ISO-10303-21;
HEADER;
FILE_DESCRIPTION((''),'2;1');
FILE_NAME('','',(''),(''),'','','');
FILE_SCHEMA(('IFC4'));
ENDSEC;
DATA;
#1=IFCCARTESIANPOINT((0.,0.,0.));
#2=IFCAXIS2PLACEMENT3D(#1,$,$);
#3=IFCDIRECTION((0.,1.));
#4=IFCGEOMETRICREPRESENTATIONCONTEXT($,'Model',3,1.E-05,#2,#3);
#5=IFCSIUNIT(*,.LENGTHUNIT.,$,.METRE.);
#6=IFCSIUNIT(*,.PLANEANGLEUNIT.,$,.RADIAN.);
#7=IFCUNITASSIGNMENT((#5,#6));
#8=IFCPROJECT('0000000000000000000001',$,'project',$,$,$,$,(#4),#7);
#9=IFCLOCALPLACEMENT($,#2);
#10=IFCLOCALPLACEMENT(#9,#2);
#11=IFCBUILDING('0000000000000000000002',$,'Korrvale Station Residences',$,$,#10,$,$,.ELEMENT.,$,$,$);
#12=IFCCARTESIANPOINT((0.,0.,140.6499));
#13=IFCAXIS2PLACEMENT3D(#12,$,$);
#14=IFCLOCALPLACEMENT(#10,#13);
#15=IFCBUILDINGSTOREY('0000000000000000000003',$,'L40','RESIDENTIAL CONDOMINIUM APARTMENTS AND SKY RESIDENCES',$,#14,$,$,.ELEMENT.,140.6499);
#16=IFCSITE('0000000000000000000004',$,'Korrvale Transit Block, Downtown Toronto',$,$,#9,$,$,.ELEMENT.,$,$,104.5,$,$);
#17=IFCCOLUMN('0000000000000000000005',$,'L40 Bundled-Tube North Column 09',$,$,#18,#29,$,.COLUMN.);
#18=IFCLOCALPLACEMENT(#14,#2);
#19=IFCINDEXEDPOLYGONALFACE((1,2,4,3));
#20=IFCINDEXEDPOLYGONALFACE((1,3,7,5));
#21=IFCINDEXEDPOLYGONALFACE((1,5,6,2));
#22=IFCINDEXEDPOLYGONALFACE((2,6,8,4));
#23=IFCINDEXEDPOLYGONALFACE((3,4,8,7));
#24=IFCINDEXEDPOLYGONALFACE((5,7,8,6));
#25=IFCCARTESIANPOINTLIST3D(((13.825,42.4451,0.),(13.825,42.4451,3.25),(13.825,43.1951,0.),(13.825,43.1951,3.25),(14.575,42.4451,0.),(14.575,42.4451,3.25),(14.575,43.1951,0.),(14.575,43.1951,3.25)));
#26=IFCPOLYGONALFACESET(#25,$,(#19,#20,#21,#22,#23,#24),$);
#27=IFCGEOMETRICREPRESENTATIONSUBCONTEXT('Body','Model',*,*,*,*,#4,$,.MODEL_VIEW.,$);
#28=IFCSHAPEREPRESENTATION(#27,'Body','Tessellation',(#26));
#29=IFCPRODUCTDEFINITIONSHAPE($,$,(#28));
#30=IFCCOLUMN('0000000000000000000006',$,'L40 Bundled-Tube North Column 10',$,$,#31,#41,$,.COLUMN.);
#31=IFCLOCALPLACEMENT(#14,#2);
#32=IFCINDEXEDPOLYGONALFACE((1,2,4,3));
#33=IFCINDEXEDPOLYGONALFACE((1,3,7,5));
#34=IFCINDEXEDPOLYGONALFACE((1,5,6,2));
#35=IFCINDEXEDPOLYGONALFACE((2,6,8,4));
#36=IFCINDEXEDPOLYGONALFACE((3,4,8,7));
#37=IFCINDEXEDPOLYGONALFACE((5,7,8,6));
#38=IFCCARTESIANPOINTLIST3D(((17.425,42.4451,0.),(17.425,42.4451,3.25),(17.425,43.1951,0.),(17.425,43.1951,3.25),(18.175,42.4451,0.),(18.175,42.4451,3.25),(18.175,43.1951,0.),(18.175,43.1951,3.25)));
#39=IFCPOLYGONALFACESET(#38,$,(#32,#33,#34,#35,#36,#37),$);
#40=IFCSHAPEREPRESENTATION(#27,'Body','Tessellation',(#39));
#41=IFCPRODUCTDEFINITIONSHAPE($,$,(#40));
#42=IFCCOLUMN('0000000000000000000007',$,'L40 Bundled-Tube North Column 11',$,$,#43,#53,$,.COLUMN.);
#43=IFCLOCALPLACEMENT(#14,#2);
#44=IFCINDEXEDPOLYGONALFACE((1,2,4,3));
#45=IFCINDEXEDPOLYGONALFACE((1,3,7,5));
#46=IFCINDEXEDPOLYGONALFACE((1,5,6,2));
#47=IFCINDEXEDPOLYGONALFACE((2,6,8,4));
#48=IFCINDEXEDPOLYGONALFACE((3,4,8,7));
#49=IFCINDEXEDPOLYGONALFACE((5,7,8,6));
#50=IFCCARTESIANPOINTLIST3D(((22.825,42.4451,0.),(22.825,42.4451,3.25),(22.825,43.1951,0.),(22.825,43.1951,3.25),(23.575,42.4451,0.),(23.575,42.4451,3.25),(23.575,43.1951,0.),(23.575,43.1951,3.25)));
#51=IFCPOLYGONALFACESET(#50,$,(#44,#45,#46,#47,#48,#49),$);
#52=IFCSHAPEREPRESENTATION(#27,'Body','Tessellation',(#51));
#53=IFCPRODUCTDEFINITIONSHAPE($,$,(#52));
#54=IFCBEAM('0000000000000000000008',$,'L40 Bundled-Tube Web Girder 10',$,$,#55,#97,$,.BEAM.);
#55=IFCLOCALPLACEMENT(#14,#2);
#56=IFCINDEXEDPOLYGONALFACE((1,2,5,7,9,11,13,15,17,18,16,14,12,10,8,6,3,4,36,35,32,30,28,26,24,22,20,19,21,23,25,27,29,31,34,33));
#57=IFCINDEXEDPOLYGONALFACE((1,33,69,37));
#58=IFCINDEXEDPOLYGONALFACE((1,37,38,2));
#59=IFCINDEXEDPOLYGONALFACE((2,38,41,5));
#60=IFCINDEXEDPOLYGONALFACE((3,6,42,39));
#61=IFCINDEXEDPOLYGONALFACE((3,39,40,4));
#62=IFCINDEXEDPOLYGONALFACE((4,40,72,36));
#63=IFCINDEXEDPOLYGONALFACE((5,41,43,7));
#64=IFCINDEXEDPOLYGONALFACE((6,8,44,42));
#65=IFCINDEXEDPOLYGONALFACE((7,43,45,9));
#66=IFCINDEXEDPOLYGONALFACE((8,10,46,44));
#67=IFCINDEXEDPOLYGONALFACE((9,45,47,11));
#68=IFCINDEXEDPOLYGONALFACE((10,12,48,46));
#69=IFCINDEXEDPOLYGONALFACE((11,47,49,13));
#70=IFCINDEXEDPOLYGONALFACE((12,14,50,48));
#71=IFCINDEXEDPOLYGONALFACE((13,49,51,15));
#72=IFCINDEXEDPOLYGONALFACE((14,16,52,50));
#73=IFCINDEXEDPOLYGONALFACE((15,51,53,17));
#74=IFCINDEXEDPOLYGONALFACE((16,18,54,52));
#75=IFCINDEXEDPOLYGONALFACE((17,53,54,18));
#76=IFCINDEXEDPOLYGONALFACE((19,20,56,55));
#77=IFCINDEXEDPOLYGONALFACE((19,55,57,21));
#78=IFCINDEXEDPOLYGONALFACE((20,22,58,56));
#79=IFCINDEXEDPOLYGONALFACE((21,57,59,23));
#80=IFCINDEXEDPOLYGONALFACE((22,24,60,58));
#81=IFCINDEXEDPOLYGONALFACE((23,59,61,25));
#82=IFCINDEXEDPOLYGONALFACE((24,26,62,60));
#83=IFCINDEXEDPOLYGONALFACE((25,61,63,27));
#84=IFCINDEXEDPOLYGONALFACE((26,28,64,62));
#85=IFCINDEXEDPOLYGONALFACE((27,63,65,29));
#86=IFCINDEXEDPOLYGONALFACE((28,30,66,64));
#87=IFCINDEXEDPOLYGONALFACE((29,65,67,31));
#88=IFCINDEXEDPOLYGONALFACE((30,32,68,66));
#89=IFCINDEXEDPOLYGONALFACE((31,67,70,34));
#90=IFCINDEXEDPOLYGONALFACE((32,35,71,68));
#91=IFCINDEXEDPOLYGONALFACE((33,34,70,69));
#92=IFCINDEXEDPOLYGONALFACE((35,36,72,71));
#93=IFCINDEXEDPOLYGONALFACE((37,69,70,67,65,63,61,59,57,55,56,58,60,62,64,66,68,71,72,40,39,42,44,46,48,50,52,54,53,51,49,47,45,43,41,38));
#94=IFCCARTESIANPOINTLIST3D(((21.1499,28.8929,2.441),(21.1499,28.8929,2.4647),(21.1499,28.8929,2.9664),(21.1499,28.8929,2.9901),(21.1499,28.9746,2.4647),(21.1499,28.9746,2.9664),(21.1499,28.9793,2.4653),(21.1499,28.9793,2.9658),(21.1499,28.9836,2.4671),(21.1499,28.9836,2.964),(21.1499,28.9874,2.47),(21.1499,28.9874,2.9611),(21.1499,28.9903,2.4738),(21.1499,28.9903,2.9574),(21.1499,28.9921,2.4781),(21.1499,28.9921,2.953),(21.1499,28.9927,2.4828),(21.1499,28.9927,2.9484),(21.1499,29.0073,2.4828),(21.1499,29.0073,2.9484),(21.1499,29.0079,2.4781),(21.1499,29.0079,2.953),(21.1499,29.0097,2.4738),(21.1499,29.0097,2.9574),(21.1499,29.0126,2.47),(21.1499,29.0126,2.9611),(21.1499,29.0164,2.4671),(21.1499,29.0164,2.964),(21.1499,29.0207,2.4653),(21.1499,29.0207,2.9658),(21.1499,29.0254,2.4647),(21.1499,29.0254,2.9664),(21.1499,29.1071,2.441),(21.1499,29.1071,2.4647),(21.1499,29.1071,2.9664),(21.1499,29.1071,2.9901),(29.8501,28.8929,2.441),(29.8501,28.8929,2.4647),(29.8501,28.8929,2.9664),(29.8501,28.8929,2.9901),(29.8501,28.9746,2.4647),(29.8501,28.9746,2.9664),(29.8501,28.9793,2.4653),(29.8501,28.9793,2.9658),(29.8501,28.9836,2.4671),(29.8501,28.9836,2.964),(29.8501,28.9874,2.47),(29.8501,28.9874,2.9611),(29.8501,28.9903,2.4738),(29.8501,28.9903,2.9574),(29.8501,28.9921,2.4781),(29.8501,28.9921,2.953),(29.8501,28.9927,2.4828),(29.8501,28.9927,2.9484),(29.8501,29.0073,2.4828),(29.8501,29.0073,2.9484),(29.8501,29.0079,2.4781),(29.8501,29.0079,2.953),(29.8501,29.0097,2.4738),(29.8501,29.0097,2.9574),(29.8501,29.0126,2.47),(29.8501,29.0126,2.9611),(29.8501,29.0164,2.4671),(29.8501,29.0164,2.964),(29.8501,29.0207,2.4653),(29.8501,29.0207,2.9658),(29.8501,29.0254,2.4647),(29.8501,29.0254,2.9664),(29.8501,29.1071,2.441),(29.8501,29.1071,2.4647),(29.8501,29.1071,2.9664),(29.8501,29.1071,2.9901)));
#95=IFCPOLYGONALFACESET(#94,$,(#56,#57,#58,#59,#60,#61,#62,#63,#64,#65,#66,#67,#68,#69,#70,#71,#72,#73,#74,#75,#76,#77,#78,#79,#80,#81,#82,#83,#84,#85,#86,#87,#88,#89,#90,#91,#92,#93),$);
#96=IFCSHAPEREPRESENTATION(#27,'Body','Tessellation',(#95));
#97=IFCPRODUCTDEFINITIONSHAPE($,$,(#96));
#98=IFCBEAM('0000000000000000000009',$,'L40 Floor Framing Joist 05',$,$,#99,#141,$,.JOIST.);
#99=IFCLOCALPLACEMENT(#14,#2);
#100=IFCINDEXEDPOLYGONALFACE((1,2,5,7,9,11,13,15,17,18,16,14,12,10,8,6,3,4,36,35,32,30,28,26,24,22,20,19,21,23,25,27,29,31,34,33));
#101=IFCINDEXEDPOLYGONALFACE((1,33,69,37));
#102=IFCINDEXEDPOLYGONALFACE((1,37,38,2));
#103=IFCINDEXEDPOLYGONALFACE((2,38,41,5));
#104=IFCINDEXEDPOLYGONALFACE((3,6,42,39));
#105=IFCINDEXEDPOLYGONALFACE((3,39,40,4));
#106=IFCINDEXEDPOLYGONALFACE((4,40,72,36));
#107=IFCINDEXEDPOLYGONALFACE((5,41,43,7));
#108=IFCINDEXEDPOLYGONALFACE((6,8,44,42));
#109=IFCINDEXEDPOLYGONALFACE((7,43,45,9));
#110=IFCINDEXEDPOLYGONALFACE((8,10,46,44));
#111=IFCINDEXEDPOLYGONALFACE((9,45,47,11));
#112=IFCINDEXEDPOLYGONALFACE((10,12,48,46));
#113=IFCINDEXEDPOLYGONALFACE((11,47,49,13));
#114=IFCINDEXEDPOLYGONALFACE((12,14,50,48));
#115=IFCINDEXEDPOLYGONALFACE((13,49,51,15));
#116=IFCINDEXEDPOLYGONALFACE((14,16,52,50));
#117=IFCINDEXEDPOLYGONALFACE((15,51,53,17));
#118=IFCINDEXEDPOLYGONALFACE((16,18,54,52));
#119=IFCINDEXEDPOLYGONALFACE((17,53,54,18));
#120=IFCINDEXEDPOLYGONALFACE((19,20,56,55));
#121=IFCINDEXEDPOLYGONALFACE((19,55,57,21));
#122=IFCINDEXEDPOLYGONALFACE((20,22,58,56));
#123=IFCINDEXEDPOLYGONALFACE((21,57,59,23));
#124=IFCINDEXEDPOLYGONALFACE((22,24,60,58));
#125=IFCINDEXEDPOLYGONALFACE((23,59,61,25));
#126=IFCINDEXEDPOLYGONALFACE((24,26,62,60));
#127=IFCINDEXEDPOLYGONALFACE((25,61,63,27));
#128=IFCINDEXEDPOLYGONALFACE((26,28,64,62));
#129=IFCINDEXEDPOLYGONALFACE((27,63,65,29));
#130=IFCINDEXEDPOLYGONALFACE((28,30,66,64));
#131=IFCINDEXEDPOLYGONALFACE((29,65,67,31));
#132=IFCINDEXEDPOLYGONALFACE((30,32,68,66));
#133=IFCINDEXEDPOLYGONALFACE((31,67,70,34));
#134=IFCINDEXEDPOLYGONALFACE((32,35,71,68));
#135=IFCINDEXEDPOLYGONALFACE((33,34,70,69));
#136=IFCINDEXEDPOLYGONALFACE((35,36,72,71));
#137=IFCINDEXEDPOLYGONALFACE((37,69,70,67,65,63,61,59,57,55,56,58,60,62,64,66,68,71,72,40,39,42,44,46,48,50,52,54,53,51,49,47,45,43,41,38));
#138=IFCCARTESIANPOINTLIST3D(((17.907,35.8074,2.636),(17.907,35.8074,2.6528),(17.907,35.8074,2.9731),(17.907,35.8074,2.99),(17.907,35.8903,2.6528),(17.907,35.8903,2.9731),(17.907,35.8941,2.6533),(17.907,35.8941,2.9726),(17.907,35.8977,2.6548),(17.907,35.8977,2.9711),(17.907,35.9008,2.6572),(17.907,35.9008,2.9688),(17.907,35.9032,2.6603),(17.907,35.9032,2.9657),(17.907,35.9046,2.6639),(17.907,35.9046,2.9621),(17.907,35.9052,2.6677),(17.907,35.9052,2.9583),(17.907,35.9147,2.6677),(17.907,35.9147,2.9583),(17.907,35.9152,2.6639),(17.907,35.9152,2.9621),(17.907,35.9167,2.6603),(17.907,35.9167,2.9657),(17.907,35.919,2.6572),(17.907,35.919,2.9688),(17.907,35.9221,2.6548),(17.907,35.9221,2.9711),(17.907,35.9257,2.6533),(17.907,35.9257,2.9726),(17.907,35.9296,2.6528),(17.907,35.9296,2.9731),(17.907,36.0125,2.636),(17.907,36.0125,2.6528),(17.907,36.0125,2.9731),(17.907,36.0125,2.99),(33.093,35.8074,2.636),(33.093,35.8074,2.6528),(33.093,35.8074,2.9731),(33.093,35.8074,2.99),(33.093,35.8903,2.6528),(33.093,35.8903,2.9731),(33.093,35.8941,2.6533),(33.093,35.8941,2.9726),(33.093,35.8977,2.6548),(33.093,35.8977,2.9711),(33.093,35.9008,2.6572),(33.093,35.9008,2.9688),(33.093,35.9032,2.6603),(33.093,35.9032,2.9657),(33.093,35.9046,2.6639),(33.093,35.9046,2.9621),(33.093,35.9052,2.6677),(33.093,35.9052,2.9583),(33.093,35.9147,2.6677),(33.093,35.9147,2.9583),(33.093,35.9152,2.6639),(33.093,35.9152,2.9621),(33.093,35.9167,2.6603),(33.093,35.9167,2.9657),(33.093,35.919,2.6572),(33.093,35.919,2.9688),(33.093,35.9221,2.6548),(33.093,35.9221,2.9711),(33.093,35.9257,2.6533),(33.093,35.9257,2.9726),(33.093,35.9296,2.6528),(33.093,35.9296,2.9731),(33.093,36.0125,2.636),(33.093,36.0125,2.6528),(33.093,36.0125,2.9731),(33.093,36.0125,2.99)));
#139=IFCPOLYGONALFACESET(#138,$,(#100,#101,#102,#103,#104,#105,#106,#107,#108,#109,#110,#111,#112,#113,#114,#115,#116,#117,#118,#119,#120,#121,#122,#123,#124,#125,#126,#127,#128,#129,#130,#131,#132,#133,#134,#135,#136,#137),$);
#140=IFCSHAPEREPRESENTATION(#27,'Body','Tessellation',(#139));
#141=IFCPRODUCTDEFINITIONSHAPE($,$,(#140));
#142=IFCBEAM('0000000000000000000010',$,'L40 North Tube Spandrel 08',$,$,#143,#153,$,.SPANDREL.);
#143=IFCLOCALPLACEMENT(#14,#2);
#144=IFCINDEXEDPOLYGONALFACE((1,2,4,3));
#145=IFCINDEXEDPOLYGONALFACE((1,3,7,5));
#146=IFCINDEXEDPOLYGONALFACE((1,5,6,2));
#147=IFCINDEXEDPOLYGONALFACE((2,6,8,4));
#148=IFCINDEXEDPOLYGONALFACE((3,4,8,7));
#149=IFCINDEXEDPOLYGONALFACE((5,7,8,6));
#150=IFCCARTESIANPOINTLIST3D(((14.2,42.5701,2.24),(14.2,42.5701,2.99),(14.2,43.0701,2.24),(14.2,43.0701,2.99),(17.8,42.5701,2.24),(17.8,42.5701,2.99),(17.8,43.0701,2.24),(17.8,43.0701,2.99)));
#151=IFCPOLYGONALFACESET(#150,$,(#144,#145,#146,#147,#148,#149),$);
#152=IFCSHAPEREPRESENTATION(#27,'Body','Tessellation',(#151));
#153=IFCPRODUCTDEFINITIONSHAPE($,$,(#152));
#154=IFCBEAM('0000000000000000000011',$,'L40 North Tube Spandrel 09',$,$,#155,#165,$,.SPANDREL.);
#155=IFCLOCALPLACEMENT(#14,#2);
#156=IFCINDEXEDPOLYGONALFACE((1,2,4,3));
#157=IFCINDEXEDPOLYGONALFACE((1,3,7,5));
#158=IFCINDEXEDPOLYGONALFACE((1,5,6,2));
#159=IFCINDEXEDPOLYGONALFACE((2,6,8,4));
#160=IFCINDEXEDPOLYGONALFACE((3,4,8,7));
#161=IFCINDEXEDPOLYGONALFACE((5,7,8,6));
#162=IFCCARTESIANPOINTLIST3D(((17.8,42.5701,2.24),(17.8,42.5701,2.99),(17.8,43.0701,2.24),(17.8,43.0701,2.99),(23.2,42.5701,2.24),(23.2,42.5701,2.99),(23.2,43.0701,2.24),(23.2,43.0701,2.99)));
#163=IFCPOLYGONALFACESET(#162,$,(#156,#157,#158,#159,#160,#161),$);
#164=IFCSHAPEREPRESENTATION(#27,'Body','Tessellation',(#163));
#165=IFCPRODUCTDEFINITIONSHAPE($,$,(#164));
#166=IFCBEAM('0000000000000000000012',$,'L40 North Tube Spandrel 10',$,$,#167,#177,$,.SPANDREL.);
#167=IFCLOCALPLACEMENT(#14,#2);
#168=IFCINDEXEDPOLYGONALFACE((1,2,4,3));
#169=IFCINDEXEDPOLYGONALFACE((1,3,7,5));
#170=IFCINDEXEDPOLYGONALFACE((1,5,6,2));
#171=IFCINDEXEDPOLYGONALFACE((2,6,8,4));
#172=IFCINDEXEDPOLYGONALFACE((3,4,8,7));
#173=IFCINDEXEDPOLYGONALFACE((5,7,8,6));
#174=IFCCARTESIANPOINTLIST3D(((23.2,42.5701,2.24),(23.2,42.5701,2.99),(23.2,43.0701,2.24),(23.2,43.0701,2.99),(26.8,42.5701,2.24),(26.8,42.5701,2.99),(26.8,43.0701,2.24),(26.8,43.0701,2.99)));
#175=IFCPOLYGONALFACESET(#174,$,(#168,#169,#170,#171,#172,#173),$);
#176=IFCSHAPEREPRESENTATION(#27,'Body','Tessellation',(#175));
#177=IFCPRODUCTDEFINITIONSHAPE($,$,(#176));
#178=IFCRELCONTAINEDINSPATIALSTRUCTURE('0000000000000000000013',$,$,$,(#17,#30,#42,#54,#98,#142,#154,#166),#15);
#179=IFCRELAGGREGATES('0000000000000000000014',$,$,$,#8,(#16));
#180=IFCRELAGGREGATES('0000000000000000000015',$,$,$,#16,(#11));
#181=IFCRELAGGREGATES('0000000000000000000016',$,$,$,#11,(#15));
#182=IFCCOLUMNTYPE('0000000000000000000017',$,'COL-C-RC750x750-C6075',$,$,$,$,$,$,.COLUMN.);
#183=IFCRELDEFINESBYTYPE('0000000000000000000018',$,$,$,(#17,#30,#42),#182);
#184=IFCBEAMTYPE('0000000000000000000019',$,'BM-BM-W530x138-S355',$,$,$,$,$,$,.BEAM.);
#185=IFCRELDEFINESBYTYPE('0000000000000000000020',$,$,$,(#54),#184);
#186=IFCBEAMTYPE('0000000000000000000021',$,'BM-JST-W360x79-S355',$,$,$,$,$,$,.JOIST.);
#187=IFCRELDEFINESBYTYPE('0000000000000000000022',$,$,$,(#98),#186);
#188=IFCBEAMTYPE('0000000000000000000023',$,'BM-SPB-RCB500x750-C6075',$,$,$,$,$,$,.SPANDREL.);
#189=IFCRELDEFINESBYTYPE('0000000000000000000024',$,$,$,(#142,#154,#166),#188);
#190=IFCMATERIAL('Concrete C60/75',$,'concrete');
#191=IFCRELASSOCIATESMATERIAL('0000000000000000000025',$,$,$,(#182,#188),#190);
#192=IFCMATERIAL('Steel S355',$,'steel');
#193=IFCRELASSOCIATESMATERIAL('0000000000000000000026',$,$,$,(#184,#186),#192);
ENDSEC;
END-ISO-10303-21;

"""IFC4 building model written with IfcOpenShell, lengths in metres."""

from ifc_helpers import new_model, si_unit, direction, frame, origin, origin_2d, place, context, subcontext, project, spatial, rectangle, i_section, extrude, material, material_profile, profile_set, type_object, element, save


model = new_model("IFC4")

# Units and contexts
model_context = context("Model", 3, precision=1e-05, world=origin(), true_north=direction((0.0, 1.0)))
body_context = subcontext(model_context, "Body", "Model", "MODEL_VIEW")
ifc_project = project(units=[si_unit("LENGTHUNIT", "METRE"), si_unit("PLANEANGLEUNIT", "RADIAN")], contexts=[model_context])

# Site, building, storey
site_placement = place(None, origin())
site = spatial("IfcSite", under=ifc_project, at=site_placement, Name="Korrvale Transit Block, Downtown Toronto", CompositionType="ELEMENT", RefElevation=104.5)
building_placement = place(site_placement, origin())
building = spatial("IfcBuilding", under=site, at=building_placement, Name="Korrvale Station Residences", CompositionType="ELEMENT")
storey_placement = place(building_placement, frame((0.0, 0.0, 140.6499)))
storey = spatial("IfcBuildingStorey", under=building, at=storey_placement, Name="L40", Description="RESIDENTIAL CONDOMINIUM APARTMENTS AND SKY RESIDENCES", CompositionType="ELEMENT", Elevation=140.6499)

# Columns
ifc_material_1 = material(Name="Concrete C60/75", Category="concrete")
ifc_material_profile_1 = material_profile(ifc_material_1, rectangle(XDim=0.75, YDim=0.75, at=origin_2d()), Name="RC750x750")
ifc_profile_set_1 = profile_set([ifc_material_profile_1], Name="Concrete C60/75")
column_type = type_object("IfcColumnType", Name="COL-C-RC750x750-C6075", PredefinedType="COLUMN", material=ifc_profile_set_1)
for number, where, z_axis, x_axis, name in (
    (1, (14.2, 42.8201, 0.0), (0.0, 0.0, 1.0), (1.0, 0.0, 0.0), "L40 Bundled-Tube North Column 09"),
    (2, (17.8, 42.8201, 0.0), (0.0, 0.0, 1.0), (1.0, 0.0, 0.0), "L40 Bundled-Tube North Column 10"),
    (3, (23.2, 42.8201, 0.0), (0.0, 0.0, 1.0), (1.0, 0.0, 0.0), "L40 Bundled-Tube North Column 11"),
):
    element("IfcColumn", number, at=place(storey_placement, frame(where, z_axis=z_axis, x_axis=x_axis)), inside=storey, type_object=column_type, Name=name, PredefinedType="COLUMN", context=body_context, shape_type="SweptSolid", body=[
        extrude(rectangle(XDim=0.75, YDim=0.75, at=origin_2d()), origin(), (0.0, 0.0, 1.0), 3.25),
    ])

# Beams
ifc_material_2 = material(Name="Steel S355", Category="steel")
ifc_material_profile_2 = material_profile(ifc_material_2, i_section(OverallWidth=0.2141, OverallDepth=0.5491, WebThickness=0.0146, FlangeThickness=0.0237, FilletRadius=0.0181, at=origin_2d()), Name="W530x138")
ifc_profile_set_2 = profile_set([ifc_material_profile_2], Name="Steel S355")
beam_type_1 = type_object("IfcBeamType", Name="BM-BM-W530x138-S355", PredefinedType="BEAM", material=ifc_profile_set_2)
beam_1_placement = place(storey_placement, frame((21.1499, 29.0, 2.7156), z_axis=(1.0, 0.0, 0.0), x_axis=(0.0, 1.0, 0.0)))
element("IfcBeam", 4, at=beam_1_placement, inside=storey, type_object=beam_type_1, Name="L40 Bundled-Tube Web Girder 10", PredefinedType="BEAM", context=body_context, shape_type="SweptSolid", body=[
    extrude(i_section(OverallWidth=0.2141, OverallDepth=0.5491, WebThickness=0.0146, FlangeThickness=0.0237, FilletRadius=0.0181, at=origin_2d()), origin(), (0.0, 0.0, 1.0), 8.7002),
])
ifc_material_profile_3 = material_profile(ifc_material_2, i_section(OverallWidth=0.2051, OverallDepth=0.354, WebThickness=0.0095, FlangeThickness=0.0168, FilletRadius=0.0149, at=origin_2d()), Name="W360x79")
ifc_profile_set_3 = profile_set([ifc_material_profile_3], Name="Steel S355")
beam_type_2 = type_object("IfcBeamType", Name="BM-JST-W360x79-S355", PredefinedType="JOIST", material=ifc_profile_set_3)
beam_2_placement = place(storey_placement, frame((17.907, 35.9099, 2.813), z_axis=(1.0, 0.0, 0.0), x_axis=(0.0, 1.0, 0.0)))
element("IfcBeam", 5, at=beam_2_placement, inside=storey, type_object=beam_type_2, Name="L40 Floor Framing Joist 05", PredefinedType="JOIST", context=body_context, shape_type="SweptSolid", body=[
    extrude(i_section(OverallWidth=0.2051, OverallDepth=0.354, WebThickness=0.0095, FlangeThickness=0.0168, FilletRadius=0.0149, at=origin_2d()), origin(), (0.0, 0.0, 1.0), 15.186),
])
ifc_material_profile_4 = material_profile(ifc_material_1, rectangle(XDim=0.5, YDim=0.75, at=origin_2d()), Name="RCB500x750")
ifc_profile_set_4 = profile_set([ifc_material_profile_4], Name="Concrete C60/75")
beam_type_3 = type_object("IfcBeamType", Name="BM-SPB-RCB500x750-C6075", PredefinedType="SPANDREL", material=ifc_profile_set_4)
beam_3_placement = place(storey_placement, frame((14.2, 42.8201, 2.615), z_axis=(1.0, 0.0, 0.0), x_axis=(0.0, 1.0, 0.0)))
element("IfcBeam", 6, at=beam_3_placement, inside=storey, type_object=beam_type_3, Name="L40 North Tube Spandrel 08", PredefinedType="SPANDREL", context=body_context, shape_type="SweptSolid", body=[
    extrude(rectangle(XDim=0.5, YDim=0.75, at=origin_2d()), origin(), (0.0, 0.0, 1.0), 3.6001),
])
beam_4_placement = place(storey_placement, frame((17.8, 42.8201, 2.615), z_axis=(1.0, 0.0, 0.0), x_axis=(0.0, 1.0, 0.0)))
element("IfcBeam", 7, at=beam_4_placement, inside=storey, type_object=beam_type_3, Name="L40 North Tube Spandrel 09", PredefinedType="SPANDREL", context=body_context, shape_type="SweptSolid", body=[
    extrude(rectangle(XDim=0.5, YDim=0.75, at=origin_2d()), origin(), (0.0, 0.0, 1.0), 5.3999),
])
beam_5_placement = place(storey_placement, frame((23.2, 42.8201, 2.615), z_axis=(1.0, 0.0, 0.0), x_axis=(0.0, 1.0, 0.0)))
element("IfcBeam", 8, at=beam_5_placement, inside=storey, type_object=beam_type_3, Name="L40 North Tube Spandrel 10", PredefinedType="SPANDREL", context=body_context, shape_type="SweptSolid", body=[
    extrude(rectangle(XDim=0.5, YDim=0.75, at=origin_2d()), origin(), (0.0, 0.0, 1.0), 3.6001),
])

save(model, "model.ifc")
